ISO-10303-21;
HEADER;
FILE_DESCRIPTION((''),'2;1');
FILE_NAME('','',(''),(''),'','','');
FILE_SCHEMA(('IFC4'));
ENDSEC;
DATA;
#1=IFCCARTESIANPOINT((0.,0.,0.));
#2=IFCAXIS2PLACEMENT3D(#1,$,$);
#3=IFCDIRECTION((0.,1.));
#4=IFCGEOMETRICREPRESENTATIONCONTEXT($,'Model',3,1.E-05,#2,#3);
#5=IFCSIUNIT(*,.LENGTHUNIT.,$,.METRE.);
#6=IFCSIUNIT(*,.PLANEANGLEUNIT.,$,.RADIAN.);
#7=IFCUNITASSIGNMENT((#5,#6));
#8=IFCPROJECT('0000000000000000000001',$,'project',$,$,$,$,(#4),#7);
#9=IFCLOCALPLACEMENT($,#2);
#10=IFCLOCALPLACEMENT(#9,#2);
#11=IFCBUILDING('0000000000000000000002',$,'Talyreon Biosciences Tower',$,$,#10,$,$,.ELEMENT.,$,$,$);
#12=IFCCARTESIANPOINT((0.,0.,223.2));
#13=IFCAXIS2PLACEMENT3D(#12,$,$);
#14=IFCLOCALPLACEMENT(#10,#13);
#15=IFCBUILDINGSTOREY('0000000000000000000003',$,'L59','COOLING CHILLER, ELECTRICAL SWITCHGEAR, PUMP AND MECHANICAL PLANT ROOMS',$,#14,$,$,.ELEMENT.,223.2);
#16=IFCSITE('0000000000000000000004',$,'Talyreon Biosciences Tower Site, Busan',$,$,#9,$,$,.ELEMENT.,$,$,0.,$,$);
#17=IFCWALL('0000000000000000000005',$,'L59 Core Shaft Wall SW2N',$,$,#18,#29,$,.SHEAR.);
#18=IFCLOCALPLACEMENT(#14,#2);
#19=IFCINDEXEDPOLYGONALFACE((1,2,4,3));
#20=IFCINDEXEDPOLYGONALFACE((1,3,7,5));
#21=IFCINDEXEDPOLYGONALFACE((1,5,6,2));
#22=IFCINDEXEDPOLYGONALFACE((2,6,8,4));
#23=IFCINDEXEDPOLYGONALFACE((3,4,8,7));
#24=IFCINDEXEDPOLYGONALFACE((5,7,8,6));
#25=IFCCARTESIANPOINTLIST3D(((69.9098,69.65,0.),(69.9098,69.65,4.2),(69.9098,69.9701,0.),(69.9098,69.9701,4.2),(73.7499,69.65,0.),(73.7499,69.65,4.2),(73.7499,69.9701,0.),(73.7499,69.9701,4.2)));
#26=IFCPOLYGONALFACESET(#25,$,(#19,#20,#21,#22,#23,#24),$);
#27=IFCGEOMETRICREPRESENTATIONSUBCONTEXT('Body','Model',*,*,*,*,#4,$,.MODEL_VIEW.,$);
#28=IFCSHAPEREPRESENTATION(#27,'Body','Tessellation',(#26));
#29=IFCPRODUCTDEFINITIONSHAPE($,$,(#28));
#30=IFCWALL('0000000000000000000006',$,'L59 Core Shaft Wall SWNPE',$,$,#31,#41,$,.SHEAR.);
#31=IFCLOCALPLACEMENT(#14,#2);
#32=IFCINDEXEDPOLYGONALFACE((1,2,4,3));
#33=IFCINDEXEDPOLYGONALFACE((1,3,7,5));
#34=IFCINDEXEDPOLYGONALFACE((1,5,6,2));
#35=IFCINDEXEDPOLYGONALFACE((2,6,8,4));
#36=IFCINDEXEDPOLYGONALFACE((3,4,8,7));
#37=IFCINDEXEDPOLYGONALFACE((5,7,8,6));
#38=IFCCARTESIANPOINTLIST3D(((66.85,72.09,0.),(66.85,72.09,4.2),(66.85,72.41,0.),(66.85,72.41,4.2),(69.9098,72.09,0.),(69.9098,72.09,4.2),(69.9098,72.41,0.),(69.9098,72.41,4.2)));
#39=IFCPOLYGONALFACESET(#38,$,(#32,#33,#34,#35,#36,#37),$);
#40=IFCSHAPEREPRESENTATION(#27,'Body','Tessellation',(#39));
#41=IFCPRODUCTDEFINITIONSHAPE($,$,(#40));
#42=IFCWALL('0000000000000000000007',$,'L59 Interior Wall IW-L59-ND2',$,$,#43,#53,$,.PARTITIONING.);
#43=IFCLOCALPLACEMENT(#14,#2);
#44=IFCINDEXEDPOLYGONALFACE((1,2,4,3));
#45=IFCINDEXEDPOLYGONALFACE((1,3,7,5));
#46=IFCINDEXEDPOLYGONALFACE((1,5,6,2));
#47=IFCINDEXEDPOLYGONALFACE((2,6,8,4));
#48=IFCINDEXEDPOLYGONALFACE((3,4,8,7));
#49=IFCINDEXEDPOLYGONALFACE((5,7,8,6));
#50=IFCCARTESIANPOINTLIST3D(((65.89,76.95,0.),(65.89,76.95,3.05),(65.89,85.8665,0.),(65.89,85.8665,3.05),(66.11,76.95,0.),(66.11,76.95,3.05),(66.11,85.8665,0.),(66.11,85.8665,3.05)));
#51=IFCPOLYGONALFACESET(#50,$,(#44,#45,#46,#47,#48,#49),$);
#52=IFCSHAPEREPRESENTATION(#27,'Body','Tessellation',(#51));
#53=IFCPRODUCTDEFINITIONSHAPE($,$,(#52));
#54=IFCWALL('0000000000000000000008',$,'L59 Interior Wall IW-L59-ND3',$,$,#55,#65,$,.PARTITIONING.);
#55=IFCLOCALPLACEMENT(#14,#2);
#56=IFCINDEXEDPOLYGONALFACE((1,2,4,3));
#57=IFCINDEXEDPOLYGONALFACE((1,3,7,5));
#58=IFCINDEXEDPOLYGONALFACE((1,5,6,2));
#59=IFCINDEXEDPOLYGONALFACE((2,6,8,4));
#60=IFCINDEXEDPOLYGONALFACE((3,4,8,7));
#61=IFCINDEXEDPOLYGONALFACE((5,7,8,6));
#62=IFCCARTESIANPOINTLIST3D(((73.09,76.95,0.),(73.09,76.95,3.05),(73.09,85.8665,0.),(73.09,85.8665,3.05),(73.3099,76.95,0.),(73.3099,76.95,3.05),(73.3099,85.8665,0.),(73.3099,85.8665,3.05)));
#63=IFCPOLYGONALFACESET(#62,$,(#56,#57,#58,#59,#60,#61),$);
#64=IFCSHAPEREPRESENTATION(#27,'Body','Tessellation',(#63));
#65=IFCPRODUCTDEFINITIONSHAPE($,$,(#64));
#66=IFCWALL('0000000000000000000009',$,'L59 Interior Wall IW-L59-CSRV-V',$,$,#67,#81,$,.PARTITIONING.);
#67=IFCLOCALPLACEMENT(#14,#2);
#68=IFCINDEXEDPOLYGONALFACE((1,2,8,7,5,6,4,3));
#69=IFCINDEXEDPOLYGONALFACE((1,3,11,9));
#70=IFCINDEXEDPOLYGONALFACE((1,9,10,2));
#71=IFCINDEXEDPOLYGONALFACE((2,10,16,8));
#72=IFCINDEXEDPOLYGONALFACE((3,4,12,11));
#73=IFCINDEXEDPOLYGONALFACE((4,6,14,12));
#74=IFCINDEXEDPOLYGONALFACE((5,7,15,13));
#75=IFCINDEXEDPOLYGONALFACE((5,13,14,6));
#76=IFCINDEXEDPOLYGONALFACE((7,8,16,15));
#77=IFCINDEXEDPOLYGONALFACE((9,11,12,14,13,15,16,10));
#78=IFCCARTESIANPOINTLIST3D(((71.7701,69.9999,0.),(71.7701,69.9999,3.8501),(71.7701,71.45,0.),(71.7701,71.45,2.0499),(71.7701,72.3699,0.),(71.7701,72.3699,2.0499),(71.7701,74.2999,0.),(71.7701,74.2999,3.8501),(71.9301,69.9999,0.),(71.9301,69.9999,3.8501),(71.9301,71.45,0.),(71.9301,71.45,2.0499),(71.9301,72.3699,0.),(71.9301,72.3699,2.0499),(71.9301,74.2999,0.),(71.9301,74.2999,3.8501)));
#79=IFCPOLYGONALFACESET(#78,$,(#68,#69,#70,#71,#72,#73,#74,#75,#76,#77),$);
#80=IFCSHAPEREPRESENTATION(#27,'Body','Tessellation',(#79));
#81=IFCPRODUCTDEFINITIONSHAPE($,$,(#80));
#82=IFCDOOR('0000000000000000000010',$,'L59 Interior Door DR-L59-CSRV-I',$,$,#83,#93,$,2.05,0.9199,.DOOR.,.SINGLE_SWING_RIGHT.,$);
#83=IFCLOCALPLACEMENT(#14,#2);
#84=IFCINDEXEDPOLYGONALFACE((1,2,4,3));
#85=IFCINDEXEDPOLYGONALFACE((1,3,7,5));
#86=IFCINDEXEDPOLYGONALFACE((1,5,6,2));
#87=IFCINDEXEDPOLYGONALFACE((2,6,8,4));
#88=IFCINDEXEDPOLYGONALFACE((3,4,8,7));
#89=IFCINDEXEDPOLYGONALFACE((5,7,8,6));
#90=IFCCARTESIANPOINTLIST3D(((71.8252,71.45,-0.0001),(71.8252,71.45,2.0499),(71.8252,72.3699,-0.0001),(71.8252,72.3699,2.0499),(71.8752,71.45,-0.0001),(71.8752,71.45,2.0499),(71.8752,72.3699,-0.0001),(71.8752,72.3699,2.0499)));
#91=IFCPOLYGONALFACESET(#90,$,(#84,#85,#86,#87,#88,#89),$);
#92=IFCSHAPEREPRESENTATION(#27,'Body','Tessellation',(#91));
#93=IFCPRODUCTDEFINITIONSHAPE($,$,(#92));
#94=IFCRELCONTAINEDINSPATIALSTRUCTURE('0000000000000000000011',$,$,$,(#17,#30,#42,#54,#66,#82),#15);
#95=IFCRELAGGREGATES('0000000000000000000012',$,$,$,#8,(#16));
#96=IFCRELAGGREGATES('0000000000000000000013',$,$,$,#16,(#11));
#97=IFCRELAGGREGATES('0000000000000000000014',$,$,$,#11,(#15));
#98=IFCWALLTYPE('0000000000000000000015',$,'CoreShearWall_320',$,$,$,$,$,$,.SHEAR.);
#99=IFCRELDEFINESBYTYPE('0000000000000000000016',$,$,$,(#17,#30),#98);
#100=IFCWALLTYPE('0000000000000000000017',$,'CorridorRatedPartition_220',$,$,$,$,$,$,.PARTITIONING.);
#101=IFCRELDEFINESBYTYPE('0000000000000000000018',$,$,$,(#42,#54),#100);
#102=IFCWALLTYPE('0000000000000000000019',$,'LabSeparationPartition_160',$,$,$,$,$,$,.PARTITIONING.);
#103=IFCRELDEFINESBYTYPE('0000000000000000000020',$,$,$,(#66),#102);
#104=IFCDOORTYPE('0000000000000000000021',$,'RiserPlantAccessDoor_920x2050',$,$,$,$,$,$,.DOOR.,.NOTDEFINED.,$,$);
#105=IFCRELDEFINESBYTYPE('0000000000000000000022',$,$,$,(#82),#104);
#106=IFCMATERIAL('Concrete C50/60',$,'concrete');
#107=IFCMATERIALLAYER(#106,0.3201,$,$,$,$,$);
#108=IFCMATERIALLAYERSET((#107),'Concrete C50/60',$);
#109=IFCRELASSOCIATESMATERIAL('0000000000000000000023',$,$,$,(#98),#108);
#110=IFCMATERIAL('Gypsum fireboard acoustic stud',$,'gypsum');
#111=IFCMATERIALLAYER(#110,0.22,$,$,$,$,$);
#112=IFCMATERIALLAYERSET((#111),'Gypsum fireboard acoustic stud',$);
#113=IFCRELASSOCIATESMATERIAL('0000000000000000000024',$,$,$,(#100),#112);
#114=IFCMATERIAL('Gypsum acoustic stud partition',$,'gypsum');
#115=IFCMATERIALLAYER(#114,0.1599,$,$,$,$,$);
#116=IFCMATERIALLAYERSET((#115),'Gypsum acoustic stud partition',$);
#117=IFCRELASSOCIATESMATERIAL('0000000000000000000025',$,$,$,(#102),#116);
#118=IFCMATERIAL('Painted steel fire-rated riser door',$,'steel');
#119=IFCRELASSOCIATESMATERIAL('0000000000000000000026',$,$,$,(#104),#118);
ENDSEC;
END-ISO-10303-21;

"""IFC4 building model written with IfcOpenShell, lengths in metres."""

from ifc_helpers import new_model, si_unit, direction, frame, frame_2d, origin, place, context, subcontext, project, spatial, rectangle, extrude, material, layer, layer_set, type_object, element, fill, save


model = new_model("IFC4")

# Units and contexts
model_context = context("Model", 3, precision=1e-05, world=origin(), true_north=direction((0.0, 1.0)))
body_context = subcontext(model_context, "Body", "Model", "MODEL_VIEW")
ifc_project = project(units=[si_unit("LENGTHUNIT", "METRE"), si_unit("PLANEANGLEUNIT", "RADIAN")], contexts=[model_context])

# Site, building, storey
site_placement = place(None, origin())
site = spatial("IfcSite", under=ifc_project, at=site_placement, Name="Talyreon Biosciences Tower Site, Busan", CompositionType="ELEMENT", RefElevation=0.0)
building_placement = place(site_placement, origin())
building = spatial("IfcBuilding", under=site, at=building_placement, Name="Talyreon Biosciences Tower", CompositionType="ELEMENT")
storey_placement = place(building_placement, frame((0.0, 0.0, 223.2)))
storey = spatial("IfcBuildingStorey", under=building, at=storey_placement, Name="L59", Description="COOLING CHILLER, ELECTRICAL SWITCHGEAR, PUMP AND MECHANICAL PLANT ROOMS", CompositionType="ELEMENT", Elevation=223.2)

# Shared definitions
ifc_material_1 = material(Name="Concrete C50/60", Category="concrete")

# Walls
ifc_layer_1 = layer(ifc_material_1, 0.3201)
ifc_layer_set_1 = layer_set([ifc_layer_1], Name="Concrete C50/60")
wall_type_1 = type_object("IfcWallType", Name="CoreShearWall_320", PredefinedType="SHEAR", material=ifc_layer_set_1)
wall_1_placement = place(storey_placement, frame((69.9099, 69.8101, 0.0), z_axis=(0.0, 0.0, 1.0), x_axis=(1.0, 0.0, 0.0)))
element("IfcWall", 1, at=wall_1_placement, inside=storey, type_object=wall_type_1, Name="L59 Core Shaft Wall SW2N", PredefinedType="SHEAR", context=body_context, shape_type="SweptSolid", body=[
    extrude(rectangle(XDim=3.8401, YDim=0.3201, at=frame_2d((1.9199, 0.0))), origin(), (0.0, 0.0, 1.0), 4.2),
])
wall_2_placement = place(storey_placement, frame((66.8501, 72.25, 0.0), z_axis=(0.0, 0.0, 1.0), x_axis=(1.0, 0.0, 0.0)))
element("IfcWall", 2, at=wall_2_placement, inside=storey, type_object=wall_type_1, Name="L59 Core Shaft Wall SWNPE", PredefinedType="SHEAR", context=body_context, shape_type="SweptSolid", body=[
    extrude(rectangle(XDim=3.0598, YDim=0.3201, at=frame_2d((1.5298, 0.0))), origin(), (0.0, 0.0, 1.0), 4.2),
])
ifc_material_2 = material(Name="Gypsum fireboard acoustic stud", Category="gypsum")
ifc_layer_2 = layer(ifc_material_2, 0.22)
ifc_layer_set_2 = layer_set([ifc_layer_2], Name="Gypsum fireboard acoustic stud")
wall_type_2 = type_object("IfcWallType", Name="CorridorRatedPartition_220", PredefinedType="PARTITIONING", material=ifc_layer_set_2)
for number, where, z_axis, x_axis, name in (
    (3, (66.0, 76.95, 0.0), (0.0, 0.0, 1.0), (0.0, 1.0, 0.0), "L59 Interior Wall IW-L59-ND2"),
    (4, (73.2, 76.95, 0.0), (0.0, 0.0, 1.0), (0.0, 1.0, 0.0), "L59 Interior Wall IW-L59-ND3"),
):
    element("IfcWall", number, at=place(storey_placement, frame(where, z_axis=z_axis, x_axis=x_axis)), inside=storey, type_object=wall_type_2, Name=name, PredefinedType="PARTITIONING", context=body_context, shape_type="SweptSolid", body=[
        extrude(rectangle(XDim=8.9165, YDim=0.22, at=frame_2d((4.4583, 0.0))), origin(), (0.0, 0.0, 1.0), 3.05),
    ])

# Wall, opening, door
ifc_material_3 = material(Name="Gypsum acoustic stud partition", Category="gypsum")
ifc_layer_3 = layer(ifc_material_3, 0.1599)
ifc_layer_set_3 = layer_set([ifc_layer_3], Name="Gypsum acoustic stud partition")
wall_type_3 = type_object("IfcWallType", Name="LabSeparationPartition_160", PredefinedType="PARTITIONING", material=ifc_layer_set_3)
wall_3_placement = place(storey_placement, frame((71.8501, 70.0, 0.0), z_axis=(0.0, 0.0, 1.0), x_axis=(0.0, 1.0, 0.0)))
wall_3 = element("IfcWall", 5, at=wall_3_placement, inside=storey, type_object=wall_type_3, Name="L59 Interior Wall IW-L59-CSRV-V", PredefinedType="PARTITIONING", context=body_context, shape_type="SweptSolid", body=[
    extrude(rectangle(XDim=4.3, YDim=0.1599, at=frame_2d((2.1499, 0.0))), origin(), (0.0, 0.0, 1.0), 3.8501),
])
opening_placement = place(wall_3_placement, frame((1.45, 0.0, 0.0)))
opening = element("IfcOpeningElement", 6, at=opening_placement, cuts=wall_3, PredefinedType="OPENING", context=body_context, shape_type="SweptSolid", body=[
    extrude(rectangle(XDim=0.9199, YDim=2.05, at=frame_2d((0.46, 1.0249))), frame((0.0, 0.0898, 0.0), z_axis=(0.0, -1.0, 0.0), x_axis=(1.0, 0.0, 0.0)), (0.0, 0.0, 1.0), 0.1799),
])
ifc_material_4 = material(Name="Painted steel fire-rated riser door", Category="steel")
door_type = type_object("IfcDoorType", Name="RiserPlantAccessDoor_920x2050", OperationType="NOTDEFINED", PredefinedType="DOOR", material=ifc_material_4)
door_placement = place(opening_placement, origin())
door = element("IfcDoor", 7, at=door_placement, inside=storey, type_object=door_type, Name="L59 Interior Door DR-L59-CSRV-I", OperationType="SINGLE_SWING_RIGHT", OverallHeight=2.05, OverallWidth=0.9199, PredefinedType="DOOR", context=body_context, shape_type="SweptSolid", body=[
    extrude(rectangle(XDim=0.9199, YDim=2.05, at=frame_2d((0.46, 1.0249))), frame((0.0, 0.0249, 0.0), z_axis=(0.0, -1.0, 0.0), x_axis=(1.0, 0.0, 0.0)), (0.0, 0.0, 1.0), 0.05),
])
fill(opening, door)

save(model, "model.ifc")
